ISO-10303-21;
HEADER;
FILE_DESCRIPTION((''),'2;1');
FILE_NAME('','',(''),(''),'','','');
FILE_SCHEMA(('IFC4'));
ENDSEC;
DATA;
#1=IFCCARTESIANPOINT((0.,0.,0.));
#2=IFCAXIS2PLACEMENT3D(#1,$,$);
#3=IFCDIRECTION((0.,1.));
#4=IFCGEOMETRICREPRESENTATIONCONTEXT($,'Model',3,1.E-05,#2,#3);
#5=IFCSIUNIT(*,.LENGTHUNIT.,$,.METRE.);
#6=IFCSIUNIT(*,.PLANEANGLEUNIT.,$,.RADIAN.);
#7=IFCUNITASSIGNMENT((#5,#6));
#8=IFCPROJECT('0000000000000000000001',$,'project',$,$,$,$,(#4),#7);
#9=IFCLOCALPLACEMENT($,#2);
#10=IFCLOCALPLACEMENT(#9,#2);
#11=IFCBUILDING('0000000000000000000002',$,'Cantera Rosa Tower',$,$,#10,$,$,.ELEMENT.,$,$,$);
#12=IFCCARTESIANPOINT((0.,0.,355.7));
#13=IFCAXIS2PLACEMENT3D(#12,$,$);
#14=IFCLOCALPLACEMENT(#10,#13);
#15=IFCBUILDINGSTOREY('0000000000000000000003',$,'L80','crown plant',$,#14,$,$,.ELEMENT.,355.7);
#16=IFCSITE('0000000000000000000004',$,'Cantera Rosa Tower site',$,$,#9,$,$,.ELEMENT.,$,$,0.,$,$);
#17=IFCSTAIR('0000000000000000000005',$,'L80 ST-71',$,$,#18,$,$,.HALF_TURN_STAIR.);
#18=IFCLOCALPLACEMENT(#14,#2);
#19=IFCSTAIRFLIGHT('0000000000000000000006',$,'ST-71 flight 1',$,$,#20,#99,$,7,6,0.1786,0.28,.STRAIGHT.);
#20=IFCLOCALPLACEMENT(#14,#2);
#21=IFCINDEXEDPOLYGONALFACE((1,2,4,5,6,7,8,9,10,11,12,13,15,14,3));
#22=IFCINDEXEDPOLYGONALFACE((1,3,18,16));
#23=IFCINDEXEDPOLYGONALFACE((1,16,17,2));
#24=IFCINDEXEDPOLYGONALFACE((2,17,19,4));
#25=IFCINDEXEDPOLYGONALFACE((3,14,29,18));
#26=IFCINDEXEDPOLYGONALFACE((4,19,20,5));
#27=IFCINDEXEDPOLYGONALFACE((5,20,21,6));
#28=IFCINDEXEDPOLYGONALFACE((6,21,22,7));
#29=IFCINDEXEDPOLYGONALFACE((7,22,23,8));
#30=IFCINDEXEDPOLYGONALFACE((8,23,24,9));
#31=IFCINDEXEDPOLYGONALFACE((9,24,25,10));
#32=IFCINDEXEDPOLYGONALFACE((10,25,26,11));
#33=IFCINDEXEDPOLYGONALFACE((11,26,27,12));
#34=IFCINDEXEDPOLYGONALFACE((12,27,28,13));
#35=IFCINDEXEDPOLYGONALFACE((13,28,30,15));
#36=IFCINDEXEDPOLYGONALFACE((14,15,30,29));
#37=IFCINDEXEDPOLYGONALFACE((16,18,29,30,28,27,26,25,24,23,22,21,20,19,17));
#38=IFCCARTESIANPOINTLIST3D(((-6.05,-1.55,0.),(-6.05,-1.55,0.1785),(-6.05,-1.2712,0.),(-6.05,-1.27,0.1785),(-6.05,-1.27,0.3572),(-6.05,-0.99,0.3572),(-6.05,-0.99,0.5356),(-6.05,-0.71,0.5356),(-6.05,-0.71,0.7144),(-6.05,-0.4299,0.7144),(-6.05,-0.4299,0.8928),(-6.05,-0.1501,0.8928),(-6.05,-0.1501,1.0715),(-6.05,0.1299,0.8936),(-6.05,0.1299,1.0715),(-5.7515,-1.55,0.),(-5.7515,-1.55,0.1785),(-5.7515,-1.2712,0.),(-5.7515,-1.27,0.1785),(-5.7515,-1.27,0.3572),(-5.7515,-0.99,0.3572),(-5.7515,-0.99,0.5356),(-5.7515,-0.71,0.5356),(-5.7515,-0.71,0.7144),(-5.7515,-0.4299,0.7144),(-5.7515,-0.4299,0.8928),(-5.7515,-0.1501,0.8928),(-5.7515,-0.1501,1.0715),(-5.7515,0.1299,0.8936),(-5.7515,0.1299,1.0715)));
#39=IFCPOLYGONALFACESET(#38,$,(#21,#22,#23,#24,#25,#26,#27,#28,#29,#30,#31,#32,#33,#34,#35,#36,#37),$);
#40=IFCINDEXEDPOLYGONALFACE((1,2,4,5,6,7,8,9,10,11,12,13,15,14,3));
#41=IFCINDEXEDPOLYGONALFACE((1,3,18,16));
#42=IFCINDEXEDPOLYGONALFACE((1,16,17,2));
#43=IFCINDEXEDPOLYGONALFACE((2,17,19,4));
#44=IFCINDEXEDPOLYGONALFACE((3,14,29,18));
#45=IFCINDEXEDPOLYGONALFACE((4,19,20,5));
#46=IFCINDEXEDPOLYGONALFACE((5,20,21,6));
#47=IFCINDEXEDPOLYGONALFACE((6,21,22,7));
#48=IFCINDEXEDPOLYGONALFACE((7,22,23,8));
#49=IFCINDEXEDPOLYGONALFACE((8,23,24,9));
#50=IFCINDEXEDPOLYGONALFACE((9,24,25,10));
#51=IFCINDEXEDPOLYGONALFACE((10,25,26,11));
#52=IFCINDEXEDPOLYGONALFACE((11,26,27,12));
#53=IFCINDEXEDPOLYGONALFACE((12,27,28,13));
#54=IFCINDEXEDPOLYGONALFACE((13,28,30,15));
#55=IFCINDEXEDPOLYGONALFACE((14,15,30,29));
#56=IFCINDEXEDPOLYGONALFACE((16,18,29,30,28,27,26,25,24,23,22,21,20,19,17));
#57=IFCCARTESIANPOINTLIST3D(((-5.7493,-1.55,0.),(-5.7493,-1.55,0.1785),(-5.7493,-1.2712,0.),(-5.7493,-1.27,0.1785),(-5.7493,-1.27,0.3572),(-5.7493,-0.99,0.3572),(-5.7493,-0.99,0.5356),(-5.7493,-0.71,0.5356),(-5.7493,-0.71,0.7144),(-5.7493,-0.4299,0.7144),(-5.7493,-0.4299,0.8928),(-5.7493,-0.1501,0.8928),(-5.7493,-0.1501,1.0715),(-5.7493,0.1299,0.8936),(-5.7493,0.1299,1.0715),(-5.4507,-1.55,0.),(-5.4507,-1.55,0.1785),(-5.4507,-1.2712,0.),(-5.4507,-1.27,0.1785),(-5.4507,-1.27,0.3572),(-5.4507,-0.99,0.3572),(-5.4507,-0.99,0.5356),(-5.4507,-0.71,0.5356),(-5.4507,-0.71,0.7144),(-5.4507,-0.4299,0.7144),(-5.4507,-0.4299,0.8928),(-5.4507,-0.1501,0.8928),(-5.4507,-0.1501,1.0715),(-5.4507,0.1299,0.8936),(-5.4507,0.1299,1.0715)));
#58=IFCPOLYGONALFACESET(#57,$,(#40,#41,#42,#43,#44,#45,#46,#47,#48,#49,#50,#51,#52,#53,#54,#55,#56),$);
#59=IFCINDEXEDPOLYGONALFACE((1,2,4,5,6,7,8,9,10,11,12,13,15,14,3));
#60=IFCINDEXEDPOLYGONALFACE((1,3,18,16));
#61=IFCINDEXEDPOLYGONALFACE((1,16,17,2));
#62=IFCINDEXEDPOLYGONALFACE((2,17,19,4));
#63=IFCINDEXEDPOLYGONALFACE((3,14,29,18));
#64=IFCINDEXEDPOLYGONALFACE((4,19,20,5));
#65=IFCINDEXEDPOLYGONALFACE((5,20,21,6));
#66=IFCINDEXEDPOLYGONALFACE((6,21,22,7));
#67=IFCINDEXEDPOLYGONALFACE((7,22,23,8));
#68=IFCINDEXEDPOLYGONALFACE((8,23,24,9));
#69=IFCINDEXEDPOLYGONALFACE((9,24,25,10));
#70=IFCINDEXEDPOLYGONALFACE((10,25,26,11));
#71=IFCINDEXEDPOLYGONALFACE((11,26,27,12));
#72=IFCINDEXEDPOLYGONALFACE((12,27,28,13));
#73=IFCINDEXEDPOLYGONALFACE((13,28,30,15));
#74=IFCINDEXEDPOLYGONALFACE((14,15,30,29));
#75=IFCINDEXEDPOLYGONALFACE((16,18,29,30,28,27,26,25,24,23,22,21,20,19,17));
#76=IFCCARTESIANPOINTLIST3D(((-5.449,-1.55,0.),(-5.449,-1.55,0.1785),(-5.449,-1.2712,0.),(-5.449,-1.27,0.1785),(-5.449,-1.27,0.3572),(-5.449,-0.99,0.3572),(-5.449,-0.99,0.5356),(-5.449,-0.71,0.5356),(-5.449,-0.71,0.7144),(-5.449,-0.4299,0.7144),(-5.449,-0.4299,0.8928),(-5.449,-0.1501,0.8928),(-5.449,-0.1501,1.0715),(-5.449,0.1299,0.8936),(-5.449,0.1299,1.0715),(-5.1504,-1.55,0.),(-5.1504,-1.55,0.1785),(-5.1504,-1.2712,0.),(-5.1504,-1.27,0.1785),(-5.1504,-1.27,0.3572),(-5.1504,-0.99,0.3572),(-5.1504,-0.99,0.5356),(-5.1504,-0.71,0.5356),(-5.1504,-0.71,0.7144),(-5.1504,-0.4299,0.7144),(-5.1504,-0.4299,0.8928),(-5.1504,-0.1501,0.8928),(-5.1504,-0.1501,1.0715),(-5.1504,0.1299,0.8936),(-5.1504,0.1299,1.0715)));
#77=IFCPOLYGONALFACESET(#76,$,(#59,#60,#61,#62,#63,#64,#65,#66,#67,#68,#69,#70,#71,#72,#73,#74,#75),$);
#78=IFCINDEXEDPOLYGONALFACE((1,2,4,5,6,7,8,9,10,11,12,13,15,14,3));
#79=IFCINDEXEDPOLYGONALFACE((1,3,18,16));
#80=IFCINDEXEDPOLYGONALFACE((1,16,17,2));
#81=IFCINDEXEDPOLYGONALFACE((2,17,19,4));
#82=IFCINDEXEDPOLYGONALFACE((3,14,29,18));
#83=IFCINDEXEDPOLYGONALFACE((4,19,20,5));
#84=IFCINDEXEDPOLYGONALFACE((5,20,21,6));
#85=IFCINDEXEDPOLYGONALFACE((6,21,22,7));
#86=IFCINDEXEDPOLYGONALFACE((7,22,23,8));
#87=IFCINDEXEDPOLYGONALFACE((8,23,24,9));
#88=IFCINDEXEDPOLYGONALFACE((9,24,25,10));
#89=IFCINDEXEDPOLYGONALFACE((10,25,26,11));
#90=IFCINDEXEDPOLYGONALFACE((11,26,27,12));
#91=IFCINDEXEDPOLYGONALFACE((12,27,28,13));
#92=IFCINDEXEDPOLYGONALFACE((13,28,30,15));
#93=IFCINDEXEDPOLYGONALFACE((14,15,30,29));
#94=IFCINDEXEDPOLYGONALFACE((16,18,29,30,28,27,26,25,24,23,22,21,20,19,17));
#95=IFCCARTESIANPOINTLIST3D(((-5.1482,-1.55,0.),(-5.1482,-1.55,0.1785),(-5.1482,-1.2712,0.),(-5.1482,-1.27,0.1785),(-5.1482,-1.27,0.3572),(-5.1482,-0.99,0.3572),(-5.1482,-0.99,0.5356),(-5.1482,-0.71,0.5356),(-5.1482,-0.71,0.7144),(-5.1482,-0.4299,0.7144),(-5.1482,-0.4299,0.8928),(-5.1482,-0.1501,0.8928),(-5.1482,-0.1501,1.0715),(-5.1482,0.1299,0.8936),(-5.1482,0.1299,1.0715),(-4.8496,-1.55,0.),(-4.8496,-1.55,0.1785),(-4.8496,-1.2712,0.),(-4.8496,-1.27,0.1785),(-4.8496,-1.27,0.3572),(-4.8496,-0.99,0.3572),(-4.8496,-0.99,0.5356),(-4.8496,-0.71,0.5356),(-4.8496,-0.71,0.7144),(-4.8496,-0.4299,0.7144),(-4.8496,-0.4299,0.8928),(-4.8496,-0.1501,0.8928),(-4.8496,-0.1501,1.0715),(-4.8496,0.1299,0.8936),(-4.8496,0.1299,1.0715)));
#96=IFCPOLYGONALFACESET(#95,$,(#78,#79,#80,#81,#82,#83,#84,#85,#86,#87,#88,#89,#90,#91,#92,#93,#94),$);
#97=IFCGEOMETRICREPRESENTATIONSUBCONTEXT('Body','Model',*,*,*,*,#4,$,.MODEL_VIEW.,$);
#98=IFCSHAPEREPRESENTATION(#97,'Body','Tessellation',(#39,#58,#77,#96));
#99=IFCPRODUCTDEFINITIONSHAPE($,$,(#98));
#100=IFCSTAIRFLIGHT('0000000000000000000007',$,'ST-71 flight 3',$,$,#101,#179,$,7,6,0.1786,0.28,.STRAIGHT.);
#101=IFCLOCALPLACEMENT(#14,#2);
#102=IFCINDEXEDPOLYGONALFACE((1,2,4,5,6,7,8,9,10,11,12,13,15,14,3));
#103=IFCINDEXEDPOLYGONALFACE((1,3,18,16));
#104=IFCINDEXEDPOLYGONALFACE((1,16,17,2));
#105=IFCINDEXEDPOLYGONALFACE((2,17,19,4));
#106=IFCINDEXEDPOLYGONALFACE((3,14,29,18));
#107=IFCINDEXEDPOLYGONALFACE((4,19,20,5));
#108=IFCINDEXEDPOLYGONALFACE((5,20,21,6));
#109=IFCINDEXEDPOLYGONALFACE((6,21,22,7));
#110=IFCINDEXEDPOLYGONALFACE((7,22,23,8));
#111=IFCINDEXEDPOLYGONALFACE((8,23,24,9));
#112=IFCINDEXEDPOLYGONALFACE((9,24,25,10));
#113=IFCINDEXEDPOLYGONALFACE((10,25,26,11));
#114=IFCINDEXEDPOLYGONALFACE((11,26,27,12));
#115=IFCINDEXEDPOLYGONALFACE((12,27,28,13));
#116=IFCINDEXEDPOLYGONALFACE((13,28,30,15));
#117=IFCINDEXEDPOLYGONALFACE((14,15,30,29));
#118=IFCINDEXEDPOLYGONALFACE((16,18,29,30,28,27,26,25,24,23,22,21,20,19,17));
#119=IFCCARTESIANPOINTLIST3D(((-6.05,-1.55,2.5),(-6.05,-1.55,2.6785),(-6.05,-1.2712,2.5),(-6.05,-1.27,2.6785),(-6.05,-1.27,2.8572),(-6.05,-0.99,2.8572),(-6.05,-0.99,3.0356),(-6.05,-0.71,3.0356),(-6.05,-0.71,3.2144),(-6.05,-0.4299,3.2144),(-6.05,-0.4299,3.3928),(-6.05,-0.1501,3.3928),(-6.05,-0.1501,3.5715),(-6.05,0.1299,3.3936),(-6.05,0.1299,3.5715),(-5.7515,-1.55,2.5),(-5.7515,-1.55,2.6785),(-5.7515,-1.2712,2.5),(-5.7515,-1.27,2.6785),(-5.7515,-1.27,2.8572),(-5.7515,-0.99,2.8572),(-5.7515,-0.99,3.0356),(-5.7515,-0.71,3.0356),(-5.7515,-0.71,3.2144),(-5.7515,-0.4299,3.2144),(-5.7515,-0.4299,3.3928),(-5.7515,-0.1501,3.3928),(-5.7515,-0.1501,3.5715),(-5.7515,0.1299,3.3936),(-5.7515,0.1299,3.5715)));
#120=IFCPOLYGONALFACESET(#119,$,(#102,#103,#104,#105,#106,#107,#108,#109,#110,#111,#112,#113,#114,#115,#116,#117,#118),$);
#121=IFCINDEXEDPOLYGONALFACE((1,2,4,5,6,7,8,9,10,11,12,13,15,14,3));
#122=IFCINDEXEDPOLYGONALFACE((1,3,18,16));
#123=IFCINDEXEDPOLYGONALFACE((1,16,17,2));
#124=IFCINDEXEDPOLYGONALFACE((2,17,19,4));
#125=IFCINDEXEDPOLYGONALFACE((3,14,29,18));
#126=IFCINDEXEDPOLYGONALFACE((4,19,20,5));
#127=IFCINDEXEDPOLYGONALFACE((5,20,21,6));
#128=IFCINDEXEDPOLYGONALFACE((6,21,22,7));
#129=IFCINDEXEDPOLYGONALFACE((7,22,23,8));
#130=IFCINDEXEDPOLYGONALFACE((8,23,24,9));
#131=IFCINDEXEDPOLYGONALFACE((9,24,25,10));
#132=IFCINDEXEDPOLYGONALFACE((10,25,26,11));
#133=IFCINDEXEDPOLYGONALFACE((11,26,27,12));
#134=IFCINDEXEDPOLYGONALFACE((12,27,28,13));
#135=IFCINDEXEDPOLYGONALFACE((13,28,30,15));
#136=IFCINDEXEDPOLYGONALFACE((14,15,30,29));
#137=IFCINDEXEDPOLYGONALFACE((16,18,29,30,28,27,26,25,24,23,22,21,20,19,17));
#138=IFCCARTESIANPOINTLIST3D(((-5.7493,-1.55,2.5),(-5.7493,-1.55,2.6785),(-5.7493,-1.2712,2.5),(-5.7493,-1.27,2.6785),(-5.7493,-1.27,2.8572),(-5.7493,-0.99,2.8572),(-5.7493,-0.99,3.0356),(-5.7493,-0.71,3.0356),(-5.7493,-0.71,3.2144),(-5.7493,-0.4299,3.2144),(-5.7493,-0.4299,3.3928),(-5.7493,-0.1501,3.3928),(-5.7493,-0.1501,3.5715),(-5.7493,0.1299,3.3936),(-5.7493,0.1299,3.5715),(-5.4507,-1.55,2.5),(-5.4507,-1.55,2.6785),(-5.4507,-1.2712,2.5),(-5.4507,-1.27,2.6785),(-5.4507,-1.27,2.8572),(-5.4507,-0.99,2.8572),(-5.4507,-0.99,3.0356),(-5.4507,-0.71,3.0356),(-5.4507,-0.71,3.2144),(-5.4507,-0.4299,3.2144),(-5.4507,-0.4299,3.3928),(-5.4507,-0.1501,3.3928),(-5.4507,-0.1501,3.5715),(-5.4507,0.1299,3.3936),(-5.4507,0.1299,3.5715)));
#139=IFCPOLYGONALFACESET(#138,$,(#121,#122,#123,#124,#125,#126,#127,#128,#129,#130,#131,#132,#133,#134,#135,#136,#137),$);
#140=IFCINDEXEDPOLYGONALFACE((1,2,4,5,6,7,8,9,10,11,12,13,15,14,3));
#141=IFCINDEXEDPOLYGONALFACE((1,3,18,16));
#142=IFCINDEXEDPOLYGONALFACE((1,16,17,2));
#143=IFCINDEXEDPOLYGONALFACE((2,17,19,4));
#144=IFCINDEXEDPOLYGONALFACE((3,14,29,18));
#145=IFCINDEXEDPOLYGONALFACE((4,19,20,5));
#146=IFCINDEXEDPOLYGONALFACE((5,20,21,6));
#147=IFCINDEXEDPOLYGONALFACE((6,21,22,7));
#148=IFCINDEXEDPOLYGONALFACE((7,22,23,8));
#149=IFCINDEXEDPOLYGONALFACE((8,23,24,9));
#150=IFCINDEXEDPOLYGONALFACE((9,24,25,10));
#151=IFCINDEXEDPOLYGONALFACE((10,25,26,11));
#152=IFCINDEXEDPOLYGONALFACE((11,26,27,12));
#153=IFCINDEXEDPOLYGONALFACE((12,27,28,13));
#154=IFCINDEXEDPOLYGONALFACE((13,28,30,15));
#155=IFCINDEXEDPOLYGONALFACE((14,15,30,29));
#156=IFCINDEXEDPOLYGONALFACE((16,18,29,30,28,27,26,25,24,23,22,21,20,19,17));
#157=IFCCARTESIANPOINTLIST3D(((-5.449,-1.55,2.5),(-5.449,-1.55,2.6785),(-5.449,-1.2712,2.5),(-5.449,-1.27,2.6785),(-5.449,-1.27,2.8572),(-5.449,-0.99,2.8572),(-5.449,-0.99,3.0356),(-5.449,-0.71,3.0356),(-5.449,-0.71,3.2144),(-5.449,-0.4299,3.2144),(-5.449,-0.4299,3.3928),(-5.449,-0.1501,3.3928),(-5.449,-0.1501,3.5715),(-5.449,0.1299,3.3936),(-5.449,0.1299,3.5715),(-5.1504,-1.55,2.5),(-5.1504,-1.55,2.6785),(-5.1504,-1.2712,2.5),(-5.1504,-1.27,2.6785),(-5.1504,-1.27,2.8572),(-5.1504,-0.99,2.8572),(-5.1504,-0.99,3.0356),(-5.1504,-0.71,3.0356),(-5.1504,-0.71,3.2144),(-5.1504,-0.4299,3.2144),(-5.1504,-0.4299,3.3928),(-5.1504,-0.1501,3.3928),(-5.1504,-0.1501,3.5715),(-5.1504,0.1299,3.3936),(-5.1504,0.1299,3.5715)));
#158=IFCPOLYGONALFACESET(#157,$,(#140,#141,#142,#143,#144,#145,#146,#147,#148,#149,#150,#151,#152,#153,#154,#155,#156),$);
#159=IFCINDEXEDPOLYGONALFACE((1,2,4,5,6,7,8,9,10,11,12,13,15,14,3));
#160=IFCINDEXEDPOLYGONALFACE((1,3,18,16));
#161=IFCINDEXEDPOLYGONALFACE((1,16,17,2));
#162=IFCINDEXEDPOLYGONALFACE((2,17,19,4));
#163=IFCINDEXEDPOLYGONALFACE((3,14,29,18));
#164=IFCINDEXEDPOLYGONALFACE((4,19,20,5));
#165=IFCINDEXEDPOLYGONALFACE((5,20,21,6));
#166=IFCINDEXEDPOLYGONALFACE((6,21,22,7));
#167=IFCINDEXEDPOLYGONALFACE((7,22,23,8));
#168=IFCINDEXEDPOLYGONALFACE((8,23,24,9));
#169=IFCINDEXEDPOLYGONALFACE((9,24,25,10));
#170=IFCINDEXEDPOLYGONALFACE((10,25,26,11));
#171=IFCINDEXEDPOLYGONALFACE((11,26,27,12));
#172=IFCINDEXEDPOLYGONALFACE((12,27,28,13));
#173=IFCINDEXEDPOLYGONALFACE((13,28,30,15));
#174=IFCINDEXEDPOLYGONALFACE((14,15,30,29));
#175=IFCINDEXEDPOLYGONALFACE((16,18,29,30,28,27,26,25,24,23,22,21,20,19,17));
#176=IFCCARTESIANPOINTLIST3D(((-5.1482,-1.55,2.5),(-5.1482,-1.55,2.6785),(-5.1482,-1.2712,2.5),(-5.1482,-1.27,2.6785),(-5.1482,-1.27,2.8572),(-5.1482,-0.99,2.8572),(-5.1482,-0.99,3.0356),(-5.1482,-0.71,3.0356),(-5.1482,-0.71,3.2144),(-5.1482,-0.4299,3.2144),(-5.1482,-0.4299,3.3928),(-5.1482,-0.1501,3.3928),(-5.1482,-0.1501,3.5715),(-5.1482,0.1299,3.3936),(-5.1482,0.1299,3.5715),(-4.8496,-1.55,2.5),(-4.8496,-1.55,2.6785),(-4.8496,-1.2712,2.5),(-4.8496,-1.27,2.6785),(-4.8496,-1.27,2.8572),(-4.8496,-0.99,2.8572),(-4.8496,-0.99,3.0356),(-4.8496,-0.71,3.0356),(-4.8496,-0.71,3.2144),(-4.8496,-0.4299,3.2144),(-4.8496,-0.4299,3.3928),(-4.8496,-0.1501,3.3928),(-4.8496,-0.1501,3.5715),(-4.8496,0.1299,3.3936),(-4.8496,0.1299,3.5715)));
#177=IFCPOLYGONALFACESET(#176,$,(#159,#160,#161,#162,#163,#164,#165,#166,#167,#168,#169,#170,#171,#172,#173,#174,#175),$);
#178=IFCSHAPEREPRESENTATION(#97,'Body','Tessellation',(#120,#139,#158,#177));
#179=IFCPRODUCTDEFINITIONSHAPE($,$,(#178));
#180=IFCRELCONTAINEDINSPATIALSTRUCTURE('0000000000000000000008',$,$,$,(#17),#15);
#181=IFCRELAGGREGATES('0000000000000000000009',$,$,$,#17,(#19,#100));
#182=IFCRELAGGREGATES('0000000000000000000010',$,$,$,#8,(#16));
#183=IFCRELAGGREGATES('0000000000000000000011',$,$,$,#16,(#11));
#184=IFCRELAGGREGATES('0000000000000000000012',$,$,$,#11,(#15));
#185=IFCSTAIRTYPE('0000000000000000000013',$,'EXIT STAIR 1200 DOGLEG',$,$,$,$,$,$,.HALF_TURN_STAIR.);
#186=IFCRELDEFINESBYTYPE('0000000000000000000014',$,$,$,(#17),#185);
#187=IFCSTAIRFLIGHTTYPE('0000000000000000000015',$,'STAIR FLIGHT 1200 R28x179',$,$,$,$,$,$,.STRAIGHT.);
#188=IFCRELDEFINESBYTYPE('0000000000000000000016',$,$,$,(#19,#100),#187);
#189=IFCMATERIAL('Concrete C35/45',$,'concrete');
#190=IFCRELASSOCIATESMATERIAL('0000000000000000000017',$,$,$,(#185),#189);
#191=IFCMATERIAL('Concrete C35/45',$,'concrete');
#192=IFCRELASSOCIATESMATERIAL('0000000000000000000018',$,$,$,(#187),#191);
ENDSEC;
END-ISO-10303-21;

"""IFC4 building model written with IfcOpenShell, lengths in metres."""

from ifc_helpers import new_model, si_unit, direction, frame, origin, place, context, subcontext, project, spatial, polyline, outline, extrude, material, type_object, element, aggregate, save


model = new_model("IFC4")

# Units and contexts
model_context = context("Model", 3, precision=1e-05, world=origin(), true_north=direction((0.0, 1.0)))
body_context = subcontext(model_context, "Body", "Model", "MODEL_VIEW")
ifc_project = project(units=[si_unit("LENGTHUNIT", "METRE"), si_unit("PLANEANGLEUNIT", "RADIAN")], contexts=[model_context])

# Site, building, storey
site_placement = place(None, origin())
site = spatial("IfcSite", under=ifc_project, at=site_placement, Name="Cantera Rosa Tower site", CompositionType="ELEMENT", RefElevation=0.0)
building_placement = place(site_placement, origin())
building = spatial("IfcBuilding", under=site, at=building_placement, Name="Cantera Rosa Tower", CompositionType="ELEMENT")
storey_placement = place(building_placement, frame((0.0, 0.0, 355.7)))
storey = spatial("IfcBuildingStorey", under=building, at=storey_placement, Name="L80", Description="crown plant", CompositionType="ELEMENT", Elevation=355.7)

# Stair
ifc_material_1 = material(Name="Concrete C35/45", Category="concrete")
stair_type = type_object("IfcStairType", Name="EXIT STAIR 1200 DOGLEG", PredefinedType="HALF_TURN_STAIR", material=ifc_material_1)
stair_1_placement = place(storey_placement, origin())
stair_1 = element("IfcStair", 1, at=stair_1_placement, inside=storey, type_object=stair_type, Name="L80 ST-71", PredefinedType="HALF_TURN_STAIR")

# Stair flights
ifc_material_2 = material(Name="Concrete C35/45", Category="concrete")
stair_flight_type = type_object("IfcStairFlightType", Name="STAIR FLIGHT 1200 R28x179", PredefinedType="STRAIGHT", material=ifc_material_2)
stair_flight_1_placement = place(storey_placement, frame((-5.45, -1.55, 0.0), z_axis=(0.0, 0.0, 1.0), x_axis=(0.0, 1.0, 0.0)))
stair_flight_1 = element("IfcStairFlight", 2, at=stair_flight_1_placement, type_object=stair_flight_type, Name="ST-71 flight 1", NumberOfRisers=7, NumberOfTreads=6, PredefinedType="STRAIGHT", RiserHeight=0.1786, TreadLength=0.28, context=body_context, shape_type="SweptSolid", body=[
    extrude(outline(polyline([(0.0, 0.0), (0.0, 0.1785), (0.28, 0.1785), (0.28, 0.3572), (0.5601, 0.3572), (0.5601, 0.5356), (0.8401, 0.5356), (0.8401, 0.7144), (1.1201, 0.7144), (1.1201, 0.8928), (1.3999, 0.8928), (1.3999, 1.0715), (1.6799, 1.0715), (1.6799, 1.25), (1.6799, 0.8936), (0.2788, 0.0), (0.0, 0.0)])), frame((0.0, 0.6001, 0.0), z_axis=(0.0, -1.0, 0.0), x_axis=(1.0, 0.0, 0.0)), (0.0, 0.0, 1.0), 0.2986),
    extrude(outline(polyline([(0.0, 0.0), (0.0, 0.1785), (0.28, 0.1785), (0.28, 0.3572), (0.5601, 0.3572), (0.5601, 0.5356), (0.8401, 0.5356), (0.8401, 0.7144), (1.1201, 0.7144), (1.1201, 0.8928), (1.3999, 0.8928), (1.3999, 1.0715), (1.6799, 1.0715), (1.6799, 1.25), (1.6799, 0.8936), (0.2788, 0.0), (0.0, 0.0)])), frame((0.0, 0.2993, 0.0), z_axis=(0.0, -1.0, 0.0), x_axis=(1.0, 0.0, 0.0)), (0.0, 0.0, 1.0), 0.2986),
    extrude(outline(polyline([(0.0, 0.0), (0.0, 0.1785), (0.28, 0.1785), (0.28, 0.3572), (0.5601, 0.3572), (0.5601, 0.5356), (0.8401, 0.5356), (0.8401, 0.7144), (1.1201, 0.7144), (1.1201, 0.8928), (1.3999, 0.8928), (1.3999, 1.0715), (1.6799, 1.0715), (1.6799, 1.25), (1.6799, 0.8936), (0.2788, 0.0), (0.0, 0.0)])), frame((0.0, -0.001, 0.0), z_axis=(0.0, -1.0, 0.0), x_axis=(1.0, 0.0, 0.0)), (0.0, 0.0, 1.0), 0.2986),
    extrude(outline(polyline([(0.0, 0.0), (0.0, 0.1785), (0.28, 0.1785), (0.28, 0.3572), (0.5601, 0.3572), (0.5601, 0.5356), (0.8401, 0.5356), (0.8401, 0.7144), (1.1201, 0.7144), (1.1201, 0.8928), (1.3999, 0.8928), (1.3999, 1.0715), (1.6799, 1.0715), (1.6799, 1.25), (1.6799, 0.8936), (0.2788, 0.0), (0.0, 0.0)])), frame((0.0, -0.3018, 0.0), z_axis=(0.0, -1.0, 0.0), x_axis=(1.0, 0.0, 0.0)), (0.0, 0.0, 1.0), 0.2986),
])
stair_flight_2_placement = place(storey_placement, frame((-5.45, -1.55, 2.5), z_axis=(0.0, 0.0, 1.0), x_axis=(0.0, 1.0, 0.0)))
stair_flight_2 = element("IfcStairFlight", 3, at=stair_flight_2_placement, type_object=stair_flight_type, Name="ST-71 flight 3", NumberOfRisers=7, NumberOfTreads=6, PredefinedType="STRAIGHT", RiserHeight=0.1786, TreadLength=0.28, context=body_context, shape_type="SweptSolid", body=[
    extrude(outline(polyline([(0.0, 0.0), (0.0, 0.1785), (0.28, 0.1785), (0.28, 0.3572), (0.5601, 0.3572), (0.5601, 0.5356), (0.8401, 0.5356), (0.8401, 0.7144), (1.1201, 0.7144), (1.1201, 0.8928), (1.3999, 0.8928), (1.3999, 1.0715), (1.6799, 1.0715), (1.6799, 1.25), (1.6799, 0.8936), (0.2788, 0.0), (0.0, 0.0)])), frame((0.0, 0.6001, 0.0), z_axis=(0.0, -1.0, 0.0), x_axis=(1.0, 0.0, 0.0)), (0.0, 0.0, 1.0), 0.2986),
    extrude(outline(polyline([(0.0, 0.0), (0.0, 0.1785), (0.28, 0.1785), (0.28, 0.3572), (0.5601, 0.3572), (0.5601, 0.5356), (0.8401, 0.5356), (0.8401, 0.7144), (1.1201, 0.7144), (1.1201, 0.8928), (1.3999, 0.8928), (1.3999, 1.0715), (1.6799, 1.0715), (1.6799, 1.25), (1.6799, 0.8936), (0.2788, 0.0), (0.0, 0.0)])), frame((0.0, 0.2993, 0.0), z_axis=(0.0, -1.0, 0.0), x_axis=(1.0, 0.0, 0.0)), (0.0, 0.0, 1.0), 0.2986),
    extrude(outline(polyline([(0.0, 0.0), (0.0, 0.1785), (0.28, 0.1785), (0.28, 0.3572), (0.5601, 0.3572), (0.5601, 0.5356), (0.8401, 0.5356), (0.8401, 0.7144), (1.1201, 0.7144), (1.1201, 0.8928), (1.3999, 0.8928), (1.3999, 1.0715), (1.6799, 1.0715), (1.6799, 1.25), (1.6799, 0.8936), (0.2788, 0.0), (0.0, 0.0)])), frame((0.0, -0.001, 0.0), z_axis=(0.0, -1.0, 0.0), x_axis=(1.0, 0.0, 0.0)), (0.0, 0.0, 1.0), 0.2986),
    extrude(outline(polyline([(0.0, 0.0), (0.0, 0.1785), (0.28, 0.1785), (0.28, 0.3572), (0.5601, 0.3572), (0.5601, 0.5356), (0.8401, 0.5356), (0.8401, 0.7144), (1.1201, 0.7144), (1.1201, 0.8928), (1.3999, 0.8928), (1.3999, 1.0715), (1.6799, 1.0715), (1.6799, 1.25), (1.6799, 0.8936), (0.2788, 0.0), (0.0, 0.0)])), frame((0.0, -0.3018, 0.0), z_axis=(0.0, -1.0, 0.0), x_axis=(1.0, 0.0, 0.0)), (0.0, 0.0, 1.0), 0.2986),
])
aggregate(stair_1, [stair_flight_1, stair_flight_2])

save(model, "model.ifc")
